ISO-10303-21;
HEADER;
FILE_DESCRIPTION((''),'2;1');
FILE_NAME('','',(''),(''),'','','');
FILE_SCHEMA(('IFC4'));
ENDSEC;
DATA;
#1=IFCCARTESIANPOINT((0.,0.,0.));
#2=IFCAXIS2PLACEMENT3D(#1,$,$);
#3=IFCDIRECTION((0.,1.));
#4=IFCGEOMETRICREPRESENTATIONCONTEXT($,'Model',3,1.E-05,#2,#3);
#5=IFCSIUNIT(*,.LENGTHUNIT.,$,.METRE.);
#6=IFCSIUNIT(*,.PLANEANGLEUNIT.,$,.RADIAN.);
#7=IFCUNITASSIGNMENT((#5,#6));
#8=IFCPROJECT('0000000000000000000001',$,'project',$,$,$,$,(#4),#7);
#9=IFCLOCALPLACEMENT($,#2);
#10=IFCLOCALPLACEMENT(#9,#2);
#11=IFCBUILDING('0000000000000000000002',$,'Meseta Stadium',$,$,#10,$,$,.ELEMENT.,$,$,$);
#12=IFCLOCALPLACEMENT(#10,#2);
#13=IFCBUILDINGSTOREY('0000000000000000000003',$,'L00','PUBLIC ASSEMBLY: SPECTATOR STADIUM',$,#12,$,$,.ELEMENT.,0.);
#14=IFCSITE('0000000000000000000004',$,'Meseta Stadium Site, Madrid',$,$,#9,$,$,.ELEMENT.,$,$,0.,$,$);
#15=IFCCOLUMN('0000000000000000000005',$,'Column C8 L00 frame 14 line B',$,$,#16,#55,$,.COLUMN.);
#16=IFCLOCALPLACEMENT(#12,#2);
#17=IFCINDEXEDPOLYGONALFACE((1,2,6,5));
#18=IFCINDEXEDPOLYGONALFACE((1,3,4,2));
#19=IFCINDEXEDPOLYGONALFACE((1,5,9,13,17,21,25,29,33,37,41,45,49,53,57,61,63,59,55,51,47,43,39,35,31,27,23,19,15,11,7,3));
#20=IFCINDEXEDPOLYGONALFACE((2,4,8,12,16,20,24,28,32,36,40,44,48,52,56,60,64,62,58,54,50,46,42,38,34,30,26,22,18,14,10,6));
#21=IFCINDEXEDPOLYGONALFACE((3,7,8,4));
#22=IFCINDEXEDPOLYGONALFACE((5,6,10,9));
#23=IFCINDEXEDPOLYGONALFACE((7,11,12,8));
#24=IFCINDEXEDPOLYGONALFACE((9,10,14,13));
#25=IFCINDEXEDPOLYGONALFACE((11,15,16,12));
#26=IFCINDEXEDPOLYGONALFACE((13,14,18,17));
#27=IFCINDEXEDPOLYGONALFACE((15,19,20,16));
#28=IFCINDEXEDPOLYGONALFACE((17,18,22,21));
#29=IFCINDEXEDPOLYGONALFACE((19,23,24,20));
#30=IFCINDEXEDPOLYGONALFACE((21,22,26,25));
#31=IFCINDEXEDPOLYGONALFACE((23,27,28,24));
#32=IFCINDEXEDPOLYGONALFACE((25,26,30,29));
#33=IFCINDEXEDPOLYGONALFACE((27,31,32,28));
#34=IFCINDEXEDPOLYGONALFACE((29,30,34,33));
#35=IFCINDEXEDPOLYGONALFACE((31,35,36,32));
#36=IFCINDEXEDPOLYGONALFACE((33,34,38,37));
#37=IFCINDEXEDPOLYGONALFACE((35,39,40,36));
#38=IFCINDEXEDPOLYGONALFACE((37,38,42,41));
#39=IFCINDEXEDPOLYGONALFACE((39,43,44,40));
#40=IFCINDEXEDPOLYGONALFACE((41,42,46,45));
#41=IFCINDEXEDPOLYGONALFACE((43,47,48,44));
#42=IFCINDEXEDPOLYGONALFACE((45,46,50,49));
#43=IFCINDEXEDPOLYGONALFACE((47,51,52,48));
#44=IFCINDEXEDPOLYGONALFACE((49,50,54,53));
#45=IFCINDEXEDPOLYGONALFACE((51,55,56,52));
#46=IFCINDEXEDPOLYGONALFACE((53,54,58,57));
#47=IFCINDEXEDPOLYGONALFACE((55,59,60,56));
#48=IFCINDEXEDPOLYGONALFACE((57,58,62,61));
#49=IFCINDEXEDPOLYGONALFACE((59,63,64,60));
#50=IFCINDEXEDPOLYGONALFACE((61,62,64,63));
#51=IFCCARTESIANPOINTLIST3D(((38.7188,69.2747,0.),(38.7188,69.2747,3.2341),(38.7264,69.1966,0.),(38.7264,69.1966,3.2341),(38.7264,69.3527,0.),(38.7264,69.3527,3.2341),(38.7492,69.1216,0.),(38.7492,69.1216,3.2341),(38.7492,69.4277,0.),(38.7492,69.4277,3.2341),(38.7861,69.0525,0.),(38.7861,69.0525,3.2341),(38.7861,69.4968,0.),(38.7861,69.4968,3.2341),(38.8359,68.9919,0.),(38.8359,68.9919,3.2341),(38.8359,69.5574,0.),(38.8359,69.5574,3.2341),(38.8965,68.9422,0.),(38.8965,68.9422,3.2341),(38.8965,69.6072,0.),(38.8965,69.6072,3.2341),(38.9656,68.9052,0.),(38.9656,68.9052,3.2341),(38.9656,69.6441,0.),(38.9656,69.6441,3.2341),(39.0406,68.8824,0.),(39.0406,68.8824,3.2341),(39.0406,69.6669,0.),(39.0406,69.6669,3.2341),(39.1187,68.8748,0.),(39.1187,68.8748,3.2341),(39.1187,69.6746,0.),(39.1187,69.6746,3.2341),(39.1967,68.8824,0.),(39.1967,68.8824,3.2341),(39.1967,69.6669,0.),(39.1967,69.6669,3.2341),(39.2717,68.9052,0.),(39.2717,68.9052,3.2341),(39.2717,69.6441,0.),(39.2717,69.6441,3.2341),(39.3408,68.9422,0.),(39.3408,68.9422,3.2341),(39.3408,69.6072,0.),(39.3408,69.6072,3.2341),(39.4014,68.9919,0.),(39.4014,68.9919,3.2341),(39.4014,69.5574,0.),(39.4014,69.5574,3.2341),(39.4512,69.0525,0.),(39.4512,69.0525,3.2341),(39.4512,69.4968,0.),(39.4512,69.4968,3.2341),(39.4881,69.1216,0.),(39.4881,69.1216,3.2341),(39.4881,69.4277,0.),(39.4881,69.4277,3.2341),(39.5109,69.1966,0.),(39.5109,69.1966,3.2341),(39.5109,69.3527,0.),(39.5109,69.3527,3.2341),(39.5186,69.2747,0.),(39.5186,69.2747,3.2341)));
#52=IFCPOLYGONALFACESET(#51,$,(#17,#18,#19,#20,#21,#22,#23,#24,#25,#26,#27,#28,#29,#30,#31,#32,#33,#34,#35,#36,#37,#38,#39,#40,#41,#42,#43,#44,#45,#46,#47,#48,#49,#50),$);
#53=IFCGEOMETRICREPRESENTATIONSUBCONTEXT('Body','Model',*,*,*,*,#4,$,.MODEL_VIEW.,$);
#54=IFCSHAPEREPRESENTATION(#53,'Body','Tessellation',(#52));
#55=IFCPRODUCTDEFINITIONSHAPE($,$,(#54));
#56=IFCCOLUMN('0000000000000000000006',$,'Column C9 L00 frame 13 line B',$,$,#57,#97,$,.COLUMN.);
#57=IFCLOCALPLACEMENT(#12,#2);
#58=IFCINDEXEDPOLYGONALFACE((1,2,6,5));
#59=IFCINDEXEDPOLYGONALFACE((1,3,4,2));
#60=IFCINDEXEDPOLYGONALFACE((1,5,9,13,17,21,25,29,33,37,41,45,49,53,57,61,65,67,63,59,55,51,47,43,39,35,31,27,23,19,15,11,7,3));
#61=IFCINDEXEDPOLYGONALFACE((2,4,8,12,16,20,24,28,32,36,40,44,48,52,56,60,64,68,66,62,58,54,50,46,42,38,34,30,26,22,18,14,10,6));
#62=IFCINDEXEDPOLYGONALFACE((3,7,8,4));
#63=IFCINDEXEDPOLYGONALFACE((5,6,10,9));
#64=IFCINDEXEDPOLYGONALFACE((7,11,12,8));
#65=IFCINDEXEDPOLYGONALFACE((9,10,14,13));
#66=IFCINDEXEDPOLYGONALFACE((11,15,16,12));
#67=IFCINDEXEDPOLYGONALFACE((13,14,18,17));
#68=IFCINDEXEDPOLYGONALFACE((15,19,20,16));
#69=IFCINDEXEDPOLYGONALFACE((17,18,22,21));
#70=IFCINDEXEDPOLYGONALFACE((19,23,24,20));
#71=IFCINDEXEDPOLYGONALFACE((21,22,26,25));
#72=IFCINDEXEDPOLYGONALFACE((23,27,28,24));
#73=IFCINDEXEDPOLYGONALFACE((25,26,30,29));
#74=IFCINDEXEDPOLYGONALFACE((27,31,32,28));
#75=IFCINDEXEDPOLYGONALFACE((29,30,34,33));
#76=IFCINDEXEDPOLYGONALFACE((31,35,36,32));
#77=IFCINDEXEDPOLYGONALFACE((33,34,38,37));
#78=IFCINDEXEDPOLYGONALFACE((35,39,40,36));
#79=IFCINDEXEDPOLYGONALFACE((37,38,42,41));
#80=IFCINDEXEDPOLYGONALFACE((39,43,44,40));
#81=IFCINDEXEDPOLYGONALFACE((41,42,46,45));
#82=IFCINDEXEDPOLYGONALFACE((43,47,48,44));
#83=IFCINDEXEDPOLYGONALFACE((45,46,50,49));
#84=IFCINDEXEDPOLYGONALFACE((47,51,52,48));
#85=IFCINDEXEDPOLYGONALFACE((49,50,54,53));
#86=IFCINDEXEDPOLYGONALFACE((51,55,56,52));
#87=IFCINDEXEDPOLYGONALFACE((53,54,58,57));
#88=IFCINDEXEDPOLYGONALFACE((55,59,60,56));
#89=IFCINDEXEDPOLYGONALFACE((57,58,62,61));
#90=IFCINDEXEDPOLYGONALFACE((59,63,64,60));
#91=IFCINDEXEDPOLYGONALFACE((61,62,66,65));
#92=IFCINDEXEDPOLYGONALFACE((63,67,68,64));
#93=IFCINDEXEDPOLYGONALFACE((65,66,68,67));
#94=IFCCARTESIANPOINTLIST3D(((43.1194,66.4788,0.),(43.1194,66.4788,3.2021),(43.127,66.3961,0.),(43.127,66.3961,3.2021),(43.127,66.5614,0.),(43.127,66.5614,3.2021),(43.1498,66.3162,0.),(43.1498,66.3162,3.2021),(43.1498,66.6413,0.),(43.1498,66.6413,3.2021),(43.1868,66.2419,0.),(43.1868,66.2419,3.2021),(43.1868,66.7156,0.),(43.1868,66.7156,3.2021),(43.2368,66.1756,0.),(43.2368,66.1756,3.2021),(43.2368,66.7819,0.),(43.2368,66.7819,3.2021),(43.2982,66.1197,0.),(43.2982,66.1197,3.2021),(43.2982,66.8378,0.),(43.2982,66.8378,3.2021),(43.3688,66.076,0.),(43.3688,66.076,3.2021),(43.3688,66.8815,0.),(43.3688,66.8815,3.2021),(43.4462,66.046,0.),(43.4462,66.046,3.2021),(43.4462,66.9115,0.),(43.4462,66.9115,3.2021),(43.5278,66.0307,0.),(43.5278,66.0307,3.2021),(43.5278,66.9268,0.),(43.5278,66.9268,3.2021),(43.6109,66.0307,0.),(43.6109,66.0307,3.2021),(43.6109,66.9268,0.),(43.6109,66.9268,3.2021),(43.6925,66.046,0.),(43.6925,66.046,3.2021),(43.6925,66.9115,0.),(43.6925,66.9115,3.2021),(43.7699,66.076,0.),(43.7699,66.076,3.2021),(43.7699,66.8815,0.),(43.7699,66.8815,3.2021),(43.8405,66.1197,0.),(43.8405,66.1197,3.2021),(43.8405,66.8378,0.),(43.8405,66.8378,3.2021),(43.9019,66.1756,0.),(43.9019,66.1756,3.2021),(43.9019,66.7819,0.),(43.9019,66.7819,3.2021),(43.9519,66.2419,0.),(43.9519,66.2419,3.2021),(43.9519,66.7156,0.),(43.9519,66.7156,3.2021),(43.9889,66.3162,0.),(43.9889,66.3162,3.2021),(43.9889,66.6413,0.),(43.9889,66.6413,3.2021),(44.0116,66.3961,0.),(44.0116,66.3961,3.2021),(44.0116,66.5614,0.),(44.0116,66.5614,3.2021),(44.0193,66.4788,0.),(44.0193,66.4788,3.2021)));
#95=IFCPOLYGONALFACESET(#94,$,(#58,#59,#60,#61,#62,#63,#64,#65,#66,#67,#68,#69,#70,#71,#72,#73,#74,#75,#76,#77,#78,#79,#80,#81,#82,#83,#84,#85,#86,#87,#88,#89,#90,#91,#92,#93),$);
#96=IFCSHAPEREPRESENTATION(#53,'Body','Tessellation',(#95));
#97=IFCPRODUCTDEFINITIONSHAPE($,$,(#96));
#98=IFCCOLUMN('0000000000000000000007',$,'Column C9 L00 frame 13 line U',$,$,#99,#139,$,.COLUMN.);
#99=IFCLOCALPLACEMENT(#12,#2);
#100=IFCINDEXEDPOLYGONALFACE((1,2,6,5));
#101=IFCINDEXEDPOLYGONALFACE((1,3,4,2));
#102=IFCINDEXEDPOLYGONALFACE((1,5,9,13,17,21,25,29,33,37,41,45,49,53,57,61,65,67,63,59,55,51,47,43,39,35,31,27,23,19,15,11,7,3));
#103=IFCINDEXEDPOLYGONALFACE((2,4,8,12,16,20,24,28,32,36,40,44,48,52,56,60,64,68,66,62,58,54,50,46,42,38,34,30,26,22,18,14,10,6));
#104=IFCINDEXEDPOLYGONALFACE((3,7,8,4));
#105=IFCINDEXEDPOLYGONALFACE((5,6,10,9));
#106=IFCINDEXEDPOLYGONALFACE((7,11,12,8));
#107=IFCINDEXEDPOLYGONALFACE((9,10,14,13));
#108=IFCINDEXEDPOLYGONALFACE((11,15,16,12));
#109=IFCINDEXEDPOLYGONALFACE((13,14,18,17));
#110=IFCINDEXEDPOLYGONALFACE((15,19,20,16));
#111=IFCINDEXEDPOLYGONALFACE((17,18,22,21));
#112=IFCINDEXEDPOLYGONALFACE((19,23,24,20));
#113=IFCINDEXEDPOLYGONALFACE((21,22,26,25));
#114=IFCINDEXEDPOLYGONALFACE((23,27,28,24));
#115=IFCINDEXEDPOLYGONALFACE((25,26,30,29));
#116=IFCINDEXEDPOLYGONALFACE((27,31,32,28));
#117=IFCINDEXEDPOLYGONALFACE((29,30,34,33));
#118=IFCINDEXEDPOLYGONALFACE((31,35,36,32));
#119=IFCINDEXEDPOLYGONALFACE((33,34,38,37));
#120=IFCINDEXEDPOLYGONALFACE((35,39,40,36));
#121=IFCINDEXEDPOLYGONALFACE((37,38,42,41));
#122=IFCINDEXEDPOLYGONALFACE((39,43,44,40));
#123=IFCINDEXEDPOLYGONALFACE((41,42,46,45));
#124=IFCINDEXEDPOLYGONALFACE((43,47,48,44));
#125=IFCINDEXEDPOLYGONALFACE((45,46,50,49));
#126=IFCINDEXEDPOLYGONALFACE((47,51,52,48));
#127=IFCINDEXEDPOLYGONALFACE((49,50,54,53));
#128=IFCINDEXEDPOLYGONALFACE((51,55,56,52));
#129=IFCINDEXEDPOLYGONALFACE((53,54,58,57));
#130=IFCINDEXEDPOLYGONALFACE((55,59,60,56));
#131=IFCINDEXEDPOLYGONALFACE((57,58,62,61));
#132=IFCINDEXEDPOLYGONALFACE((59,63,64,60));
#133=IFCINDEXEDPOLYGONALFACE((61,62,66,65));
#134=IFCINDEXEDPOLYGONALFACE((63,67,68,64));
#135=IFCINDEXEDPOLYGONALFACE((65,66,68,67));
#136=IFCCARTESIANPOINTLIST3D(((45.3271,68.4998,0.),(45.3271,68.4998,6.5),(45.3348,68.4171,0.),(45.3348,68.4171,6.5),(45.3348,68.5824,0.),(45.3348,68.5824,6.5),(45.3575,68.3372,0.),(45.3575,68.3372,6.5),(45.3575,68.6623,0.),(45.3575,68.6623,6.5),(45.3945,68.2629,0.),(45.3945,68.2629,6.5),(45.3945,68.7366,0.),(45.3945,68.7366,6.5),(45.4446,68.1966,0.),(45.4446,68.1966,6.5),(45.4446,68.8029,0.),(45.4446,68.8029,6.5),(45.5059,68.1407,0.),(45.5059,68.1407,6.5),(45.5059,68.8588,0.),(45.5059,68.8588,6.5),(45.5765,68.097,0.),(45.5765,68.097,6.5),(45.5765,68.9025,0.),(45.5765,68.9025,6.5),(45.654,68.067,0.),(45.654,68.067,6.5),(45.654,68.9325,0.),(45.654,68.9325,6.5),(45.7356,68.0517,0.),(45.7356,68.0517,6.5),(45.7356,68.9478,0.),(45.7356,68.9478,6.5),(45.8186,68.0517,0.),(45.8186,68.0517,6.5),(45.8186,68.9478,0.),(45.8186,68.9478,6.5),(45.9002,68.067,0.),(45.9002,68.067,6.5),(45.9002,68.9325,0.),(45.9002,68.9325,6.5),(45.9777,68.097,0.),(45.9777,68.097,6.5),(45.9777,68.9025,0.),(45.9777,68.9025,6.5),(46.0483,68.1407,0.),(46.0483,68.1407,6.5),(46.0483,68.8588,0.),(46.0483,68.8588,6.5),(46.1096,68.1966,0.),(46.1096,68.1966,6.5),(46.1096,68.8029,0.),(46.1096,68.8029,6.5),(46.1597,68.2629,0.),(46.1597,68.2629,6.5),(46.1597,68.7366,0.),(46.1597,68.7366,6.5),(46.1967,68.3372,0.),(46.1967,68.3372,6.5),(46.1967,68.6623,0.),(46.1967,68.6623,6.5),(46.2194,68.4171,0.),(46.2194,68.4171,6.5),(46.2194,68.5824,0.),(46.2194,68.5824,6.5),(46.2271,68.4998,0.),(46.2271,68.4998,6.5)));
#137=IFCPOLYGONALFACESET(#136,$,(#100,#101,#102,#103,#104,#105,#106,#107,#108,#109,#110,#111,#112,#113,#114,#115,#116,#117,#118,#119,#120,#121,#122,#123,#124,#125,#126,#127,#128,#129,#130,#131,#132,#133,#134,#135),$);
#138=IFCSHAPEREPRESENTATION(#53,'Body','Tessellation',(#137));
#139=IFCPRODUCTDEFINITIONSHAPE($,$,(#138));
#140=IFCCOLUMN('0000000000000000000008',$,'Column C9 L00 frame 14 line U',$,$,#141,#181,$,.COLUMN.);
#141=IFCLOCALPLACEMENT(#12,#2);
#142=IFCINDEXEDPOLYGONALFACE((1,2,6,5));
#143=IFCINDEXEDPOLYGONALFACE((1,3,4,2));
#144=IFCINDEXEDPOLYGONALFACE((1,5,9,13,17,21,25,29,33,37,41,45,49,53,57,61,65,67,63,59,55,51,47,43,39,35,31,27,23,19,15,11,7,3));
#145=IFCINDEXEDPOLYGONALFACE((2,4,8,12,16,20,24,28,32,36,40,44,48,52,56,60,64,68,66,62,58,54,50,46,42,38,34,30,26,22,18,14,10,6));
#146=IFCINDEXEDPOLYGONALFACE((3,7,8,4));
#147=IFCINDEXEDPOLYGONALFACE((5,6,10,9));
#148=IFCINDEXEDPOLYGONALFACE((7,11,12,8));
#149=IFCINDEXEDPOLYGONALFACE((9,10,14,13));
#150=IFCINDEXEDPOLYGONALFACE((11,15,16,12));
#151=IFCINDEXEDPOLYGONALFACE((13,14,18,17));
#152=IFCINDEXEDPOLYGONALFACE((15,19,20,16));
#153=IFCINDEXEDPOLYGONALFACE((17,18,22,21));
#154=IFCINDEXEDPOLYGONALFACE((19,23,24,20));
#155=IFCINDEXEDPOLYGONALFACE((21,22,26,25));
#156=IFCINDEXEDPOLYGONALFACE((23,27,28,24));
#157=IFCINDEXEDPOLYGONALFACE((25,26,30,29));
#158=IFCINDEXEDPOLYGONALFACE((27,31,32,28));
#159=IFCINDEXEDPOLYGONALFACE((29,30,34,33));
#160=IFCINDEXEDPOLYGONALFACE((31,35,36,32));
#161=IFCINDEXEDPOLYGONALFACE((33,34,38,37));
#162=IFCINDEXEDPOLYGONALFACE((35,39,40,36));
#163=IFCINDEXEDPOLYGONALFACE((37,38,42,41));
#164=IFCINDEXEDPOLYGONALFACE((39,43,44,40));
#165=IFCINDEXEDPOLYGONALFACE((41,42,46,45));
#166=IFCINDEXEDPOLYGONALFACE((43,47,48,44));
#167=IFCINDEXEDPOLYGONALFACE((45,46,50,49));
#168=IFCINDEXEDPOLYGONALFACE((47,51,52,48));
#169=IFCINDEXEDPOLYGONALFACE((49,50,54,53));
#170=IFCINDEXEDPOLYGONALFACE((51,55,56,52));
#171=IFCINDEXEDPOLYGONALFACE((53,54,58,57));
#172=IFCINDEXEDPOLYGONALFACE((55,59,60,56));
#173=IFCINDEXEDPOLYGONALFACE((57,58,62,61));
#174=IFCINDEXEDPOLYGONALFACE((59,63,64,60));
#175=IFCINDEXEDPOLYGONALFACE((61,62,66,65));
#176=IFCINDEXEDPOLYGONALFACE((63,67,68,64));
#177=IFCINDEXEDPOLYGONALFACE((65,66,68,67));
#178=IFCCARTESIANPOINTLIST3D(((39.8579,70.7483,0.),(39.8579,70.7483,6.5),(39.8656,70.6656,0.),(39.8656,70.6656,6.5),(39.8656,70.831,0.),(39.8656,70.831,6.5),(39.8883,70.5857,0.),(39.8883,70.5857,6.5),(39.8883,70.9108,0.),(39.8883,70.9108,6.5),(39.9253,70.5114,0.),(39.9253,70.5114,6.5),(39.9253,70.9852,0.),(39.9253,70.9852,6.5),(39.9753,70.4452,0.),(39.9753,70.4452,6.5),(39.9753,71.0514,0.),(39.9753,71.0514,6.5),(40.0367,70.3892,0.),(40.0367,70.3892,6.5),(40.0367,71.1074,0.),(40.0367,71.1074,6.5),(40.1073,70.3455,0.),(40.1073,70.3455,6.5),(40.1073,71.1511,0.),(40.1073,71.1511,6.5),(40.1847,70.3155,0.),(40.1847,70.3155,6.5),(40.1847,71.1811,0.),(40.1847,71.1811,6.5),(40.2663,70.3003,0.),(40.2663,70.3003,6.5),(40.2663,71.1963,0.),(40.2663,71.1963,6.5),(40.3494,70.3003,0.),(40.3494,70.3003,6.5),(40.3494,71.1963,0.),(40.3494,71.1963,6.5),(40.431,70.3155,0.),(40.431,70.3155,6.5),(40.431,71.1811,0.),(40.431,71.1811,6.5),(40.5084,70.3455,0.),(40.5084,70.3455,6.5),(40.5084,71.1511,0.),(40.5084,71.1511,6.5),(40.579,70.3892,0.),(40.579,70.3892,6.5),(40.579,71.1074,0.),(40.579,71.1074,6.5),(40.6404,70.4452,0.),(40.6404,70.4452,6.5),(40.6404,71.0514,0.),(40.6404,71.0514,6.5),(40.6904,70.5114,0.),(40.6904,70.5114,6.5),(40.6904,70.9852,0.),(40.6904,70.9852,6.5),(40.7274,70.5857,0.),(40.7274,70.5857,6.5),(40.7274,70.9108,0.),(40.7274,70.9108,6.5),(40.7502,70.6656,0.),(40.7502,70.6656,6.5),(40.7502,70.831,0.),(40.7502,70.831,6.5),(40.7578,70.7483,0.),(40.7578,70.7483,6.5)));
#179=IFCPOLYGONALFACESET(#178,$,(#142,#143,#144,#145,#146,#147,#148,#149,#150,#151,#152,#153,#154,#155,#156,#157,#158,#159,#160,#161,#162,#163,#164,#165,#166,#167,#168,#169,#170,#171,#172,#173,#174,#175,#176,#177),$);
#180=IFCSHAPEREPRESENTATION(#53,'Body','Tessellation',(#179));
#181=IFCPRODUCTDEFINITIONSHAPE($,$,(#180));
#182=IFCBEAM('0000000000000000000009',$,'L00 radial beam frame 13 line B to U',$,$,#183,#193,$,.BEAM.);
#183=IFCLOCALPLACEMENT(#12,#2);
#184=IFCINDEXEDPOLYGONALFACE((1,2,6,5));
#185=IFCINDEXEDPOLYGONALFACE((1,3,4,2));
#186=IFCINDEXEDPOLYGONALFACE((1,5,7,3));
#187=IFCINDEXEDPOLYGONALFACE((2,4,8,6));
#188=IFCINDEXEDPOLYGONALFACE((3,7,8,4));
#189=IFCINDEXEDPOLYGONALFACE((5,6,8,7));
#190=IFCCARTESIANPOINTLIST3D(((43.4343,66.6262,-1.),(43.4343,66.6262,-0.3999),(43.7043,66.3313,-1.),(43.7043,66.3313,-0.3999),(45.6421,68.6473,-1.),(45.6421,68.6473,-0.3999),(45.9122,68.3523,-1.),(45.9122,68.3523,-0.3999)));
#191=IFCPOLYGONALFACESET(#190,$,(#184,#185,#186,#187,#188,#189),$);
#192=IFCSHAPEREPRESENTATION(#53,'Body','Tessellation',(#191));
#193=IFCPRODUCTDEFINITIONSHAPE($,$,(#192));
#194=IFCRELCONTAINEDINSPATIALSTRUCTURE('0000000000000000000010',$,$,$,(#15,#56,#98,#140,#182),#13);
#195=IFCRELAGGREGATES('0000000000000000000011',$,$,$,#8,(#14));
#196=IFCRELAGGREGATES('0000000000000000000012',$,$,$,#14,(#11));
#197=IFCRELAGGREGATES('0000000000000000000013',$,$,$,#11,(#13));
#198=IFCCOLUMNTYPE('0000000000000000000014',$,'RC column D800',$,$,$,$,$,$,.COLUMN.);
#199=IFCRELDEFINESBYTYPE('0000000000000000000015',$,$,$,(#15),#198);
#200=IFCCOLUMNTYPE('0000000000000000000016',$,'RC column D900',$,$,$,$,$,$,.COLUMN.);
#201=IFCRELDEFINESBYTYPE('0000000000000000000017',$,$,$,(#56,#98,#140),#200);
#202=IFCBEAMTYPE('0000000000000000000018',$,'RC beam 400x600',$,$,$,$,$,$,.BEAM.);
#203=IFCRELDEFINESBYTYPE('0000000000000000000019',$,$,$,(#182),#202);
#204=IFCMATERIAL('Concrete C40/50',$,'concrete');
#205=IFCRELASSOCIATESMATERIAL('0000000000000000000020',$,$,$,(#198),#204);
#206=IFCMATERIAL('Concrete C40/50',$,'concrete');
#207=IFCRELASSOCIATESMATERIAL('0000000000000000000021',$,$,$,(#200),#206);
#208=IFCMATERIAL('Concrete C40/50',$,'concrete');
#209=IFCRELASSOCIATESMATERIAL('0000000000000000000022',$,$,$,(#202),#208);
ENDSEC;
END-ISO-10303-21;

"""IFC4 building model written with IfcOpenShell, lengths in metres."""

from ifc_helpers import new_model, si_unit, direction, frame, origin, origin_2d, place, context, subcontext, project, spatial, rectangle, circle, extrude, material, material_profile, profile_set, type_object, element, save


model = new_model("IFC4")

# Units and contexts
model_context = context("Model", 3, precision=1e-05, world=origin(), true_north=direction((0.0, 1.0)))
body_context = subcontext(model_context, "Body", "Model", "MODEL_VIEW")
ifc_project = project(units=[si_unit("LENGTHUNIT", "METRE"), si_unit("PLANEANGLEUNIT", "RADIAN")], contexts=[model_context])

# Site, building, storey
site_placement = place(None, origin())
site = spatial("IfcSite", under=ifc_project, at=site_placement, Name="Meseta Stadium Site, Madrid", CompositionType="ELEMENT", RefElevation=0.0)
building_placement = place(site_placement, origin())
building = spatial("IfcBuilding", under=site, at=building_placement, Name="Meseta Stadium", CompositionType="ELEMENT")
storey_placement = place(building_placement, origin())
storey = spatial("IfcBuildingStorey", under=building, at=storey_placement, Name="L00", Description="PUBLIC ASSEMBLY: SPECTATOR STADIUM", CompositionType="ELEMENT", Elevation=0.0)

# Columns
ifc_material_1 = material(Name="Concrete C40/50", Category="concrete")
ifc_material_profile_1 = material_profile(ifc_material_1, circle(Radius=0.3999, at=origin_2d()), Name="RC D800")
ifc_profile_set_1 = profile_set([ifc_material_profile_1], Name="Concrete C40/50")
column_type_1 = type_object("IfcColumnType", Name="RC column D800", PredefinedType="COLUMN", material=ifc_profile_set_1)
column_1_placement = place(storey_placement, frame((39.1187, 69.2747, 0.0), z_axis=(0.0, 0.0, 1.0), x_axis=(1.0, 0.0, 0.0)))
element("IfcColumn", 1, at=column_1_placement, inside=storey, type_object=column_type_1, Name="Column C8 L00 frame 14 line B", PredefinedType="COLUMN", context=body_context, shape_type="SweptSolid", body=[
    extrude(circle(Radius=0.3999, at=origin_2d()), origin(), (0.0, 0.0, 1.0), 3.2341),
])
ifc_material_2 = material(Name="Concrete C40/50", Category="concrete")
ifc_material_profile_2 = material_profile(ifc_material_2, circle(Radius=0.45, at=origin_2d()), Name="RC D900")
ifc_profile_set_2 = profile_set([ifc_material_profile_2], Name="Concrete C40/50")
column_type_2 = type_object("IfcColumnType", Name="RC column D900", PredefinedType="COLUMN", material=ifc_profile_set_2)
column_2_placement = place(storey_placement, frame((43.5693, 66.4788, 0.0), z_axis=(0.0, 0.0, 1.0), x_axis=(1.0, 0.0, 0.0)))
element("IfcColumn", 2, at=column_2_placement, inside=storey, type_object=column_type_2, Name="Column C9 L00 frame 13 line B", PredefinedType="COLUMN", context=body_context, shape_type="SweptSolid", body=[
    extrude(circle(Radius=0.45, at=origin_2d()), origin(), (0.0, 0.0, 1.0), 3.2021),
])
for number, where, z_axis, x_axis, name in (
    (3, (45.7771, 68.4998, 0.0), (0.0, 0.0, 1.0), (1.0, 0.0, 0.0), "Column C9 L00 frame 13 line U"),
    (4, (40.3079, 70.7483, 0.0), (0.0, 0.0, 1.0), (1.0, 0.0, 0.0), "Column C9 L00 frame 14 line U"),
):
    element("IfcColumn", number, at=place(storey_placement, frame(where, z_axis=z_axis, x_axis=x_axis)), inside=storey, type_object=column_type_2, Name=name, PredefinedType="COLUMN", context=body_context, shape_type="SweptSolid", body=[
        extrude(circle(Radius=0.45, at=origin_2d()), origin(), (0.0, 0.0, 1.0), 6.5),
    ])

# Beam
ifc_material_3 = material(Name="Concrete C40/50", Category="concrete")
ifc_material_profile_3 = material_profile(ifc_material_3, rectangle(XDim=0.3999, YDim=0.6001, at=origin_2d()), Name="RC 400x600")
ifc_profile_set_3 = profile_set([ifc_material_profile_3], Name="Concrete C40/50")
beam_type_1 = type_object("IfcBeamType", Name="RC beam 400x600", PredefinedType="BEAM", material=ifc_profile_set_3)
beam_1_placement = place(storey_placement, frame((43.5693, 66.4788, -0.7), z_axis=(0.737618, 0.675218, 0.0), x_axis=(-0.675218, 0.737618, 0.0)))
element("IfcBeam", 5, at=beam_1_placement, inside=storey, type_object=beam_type_1, Name="L00 radial beam frame 13 line B to U", PredefinedType="BEAM", context=body_context, shape_type="SweptSolid", body=[
    extrude(rectangle(XDim=0.3999, YDim=0.6001, at=origin_2d()), origin(), (0.0, 0.0, 1.0), 2.9932),
])

save(model, "model.ifc")
